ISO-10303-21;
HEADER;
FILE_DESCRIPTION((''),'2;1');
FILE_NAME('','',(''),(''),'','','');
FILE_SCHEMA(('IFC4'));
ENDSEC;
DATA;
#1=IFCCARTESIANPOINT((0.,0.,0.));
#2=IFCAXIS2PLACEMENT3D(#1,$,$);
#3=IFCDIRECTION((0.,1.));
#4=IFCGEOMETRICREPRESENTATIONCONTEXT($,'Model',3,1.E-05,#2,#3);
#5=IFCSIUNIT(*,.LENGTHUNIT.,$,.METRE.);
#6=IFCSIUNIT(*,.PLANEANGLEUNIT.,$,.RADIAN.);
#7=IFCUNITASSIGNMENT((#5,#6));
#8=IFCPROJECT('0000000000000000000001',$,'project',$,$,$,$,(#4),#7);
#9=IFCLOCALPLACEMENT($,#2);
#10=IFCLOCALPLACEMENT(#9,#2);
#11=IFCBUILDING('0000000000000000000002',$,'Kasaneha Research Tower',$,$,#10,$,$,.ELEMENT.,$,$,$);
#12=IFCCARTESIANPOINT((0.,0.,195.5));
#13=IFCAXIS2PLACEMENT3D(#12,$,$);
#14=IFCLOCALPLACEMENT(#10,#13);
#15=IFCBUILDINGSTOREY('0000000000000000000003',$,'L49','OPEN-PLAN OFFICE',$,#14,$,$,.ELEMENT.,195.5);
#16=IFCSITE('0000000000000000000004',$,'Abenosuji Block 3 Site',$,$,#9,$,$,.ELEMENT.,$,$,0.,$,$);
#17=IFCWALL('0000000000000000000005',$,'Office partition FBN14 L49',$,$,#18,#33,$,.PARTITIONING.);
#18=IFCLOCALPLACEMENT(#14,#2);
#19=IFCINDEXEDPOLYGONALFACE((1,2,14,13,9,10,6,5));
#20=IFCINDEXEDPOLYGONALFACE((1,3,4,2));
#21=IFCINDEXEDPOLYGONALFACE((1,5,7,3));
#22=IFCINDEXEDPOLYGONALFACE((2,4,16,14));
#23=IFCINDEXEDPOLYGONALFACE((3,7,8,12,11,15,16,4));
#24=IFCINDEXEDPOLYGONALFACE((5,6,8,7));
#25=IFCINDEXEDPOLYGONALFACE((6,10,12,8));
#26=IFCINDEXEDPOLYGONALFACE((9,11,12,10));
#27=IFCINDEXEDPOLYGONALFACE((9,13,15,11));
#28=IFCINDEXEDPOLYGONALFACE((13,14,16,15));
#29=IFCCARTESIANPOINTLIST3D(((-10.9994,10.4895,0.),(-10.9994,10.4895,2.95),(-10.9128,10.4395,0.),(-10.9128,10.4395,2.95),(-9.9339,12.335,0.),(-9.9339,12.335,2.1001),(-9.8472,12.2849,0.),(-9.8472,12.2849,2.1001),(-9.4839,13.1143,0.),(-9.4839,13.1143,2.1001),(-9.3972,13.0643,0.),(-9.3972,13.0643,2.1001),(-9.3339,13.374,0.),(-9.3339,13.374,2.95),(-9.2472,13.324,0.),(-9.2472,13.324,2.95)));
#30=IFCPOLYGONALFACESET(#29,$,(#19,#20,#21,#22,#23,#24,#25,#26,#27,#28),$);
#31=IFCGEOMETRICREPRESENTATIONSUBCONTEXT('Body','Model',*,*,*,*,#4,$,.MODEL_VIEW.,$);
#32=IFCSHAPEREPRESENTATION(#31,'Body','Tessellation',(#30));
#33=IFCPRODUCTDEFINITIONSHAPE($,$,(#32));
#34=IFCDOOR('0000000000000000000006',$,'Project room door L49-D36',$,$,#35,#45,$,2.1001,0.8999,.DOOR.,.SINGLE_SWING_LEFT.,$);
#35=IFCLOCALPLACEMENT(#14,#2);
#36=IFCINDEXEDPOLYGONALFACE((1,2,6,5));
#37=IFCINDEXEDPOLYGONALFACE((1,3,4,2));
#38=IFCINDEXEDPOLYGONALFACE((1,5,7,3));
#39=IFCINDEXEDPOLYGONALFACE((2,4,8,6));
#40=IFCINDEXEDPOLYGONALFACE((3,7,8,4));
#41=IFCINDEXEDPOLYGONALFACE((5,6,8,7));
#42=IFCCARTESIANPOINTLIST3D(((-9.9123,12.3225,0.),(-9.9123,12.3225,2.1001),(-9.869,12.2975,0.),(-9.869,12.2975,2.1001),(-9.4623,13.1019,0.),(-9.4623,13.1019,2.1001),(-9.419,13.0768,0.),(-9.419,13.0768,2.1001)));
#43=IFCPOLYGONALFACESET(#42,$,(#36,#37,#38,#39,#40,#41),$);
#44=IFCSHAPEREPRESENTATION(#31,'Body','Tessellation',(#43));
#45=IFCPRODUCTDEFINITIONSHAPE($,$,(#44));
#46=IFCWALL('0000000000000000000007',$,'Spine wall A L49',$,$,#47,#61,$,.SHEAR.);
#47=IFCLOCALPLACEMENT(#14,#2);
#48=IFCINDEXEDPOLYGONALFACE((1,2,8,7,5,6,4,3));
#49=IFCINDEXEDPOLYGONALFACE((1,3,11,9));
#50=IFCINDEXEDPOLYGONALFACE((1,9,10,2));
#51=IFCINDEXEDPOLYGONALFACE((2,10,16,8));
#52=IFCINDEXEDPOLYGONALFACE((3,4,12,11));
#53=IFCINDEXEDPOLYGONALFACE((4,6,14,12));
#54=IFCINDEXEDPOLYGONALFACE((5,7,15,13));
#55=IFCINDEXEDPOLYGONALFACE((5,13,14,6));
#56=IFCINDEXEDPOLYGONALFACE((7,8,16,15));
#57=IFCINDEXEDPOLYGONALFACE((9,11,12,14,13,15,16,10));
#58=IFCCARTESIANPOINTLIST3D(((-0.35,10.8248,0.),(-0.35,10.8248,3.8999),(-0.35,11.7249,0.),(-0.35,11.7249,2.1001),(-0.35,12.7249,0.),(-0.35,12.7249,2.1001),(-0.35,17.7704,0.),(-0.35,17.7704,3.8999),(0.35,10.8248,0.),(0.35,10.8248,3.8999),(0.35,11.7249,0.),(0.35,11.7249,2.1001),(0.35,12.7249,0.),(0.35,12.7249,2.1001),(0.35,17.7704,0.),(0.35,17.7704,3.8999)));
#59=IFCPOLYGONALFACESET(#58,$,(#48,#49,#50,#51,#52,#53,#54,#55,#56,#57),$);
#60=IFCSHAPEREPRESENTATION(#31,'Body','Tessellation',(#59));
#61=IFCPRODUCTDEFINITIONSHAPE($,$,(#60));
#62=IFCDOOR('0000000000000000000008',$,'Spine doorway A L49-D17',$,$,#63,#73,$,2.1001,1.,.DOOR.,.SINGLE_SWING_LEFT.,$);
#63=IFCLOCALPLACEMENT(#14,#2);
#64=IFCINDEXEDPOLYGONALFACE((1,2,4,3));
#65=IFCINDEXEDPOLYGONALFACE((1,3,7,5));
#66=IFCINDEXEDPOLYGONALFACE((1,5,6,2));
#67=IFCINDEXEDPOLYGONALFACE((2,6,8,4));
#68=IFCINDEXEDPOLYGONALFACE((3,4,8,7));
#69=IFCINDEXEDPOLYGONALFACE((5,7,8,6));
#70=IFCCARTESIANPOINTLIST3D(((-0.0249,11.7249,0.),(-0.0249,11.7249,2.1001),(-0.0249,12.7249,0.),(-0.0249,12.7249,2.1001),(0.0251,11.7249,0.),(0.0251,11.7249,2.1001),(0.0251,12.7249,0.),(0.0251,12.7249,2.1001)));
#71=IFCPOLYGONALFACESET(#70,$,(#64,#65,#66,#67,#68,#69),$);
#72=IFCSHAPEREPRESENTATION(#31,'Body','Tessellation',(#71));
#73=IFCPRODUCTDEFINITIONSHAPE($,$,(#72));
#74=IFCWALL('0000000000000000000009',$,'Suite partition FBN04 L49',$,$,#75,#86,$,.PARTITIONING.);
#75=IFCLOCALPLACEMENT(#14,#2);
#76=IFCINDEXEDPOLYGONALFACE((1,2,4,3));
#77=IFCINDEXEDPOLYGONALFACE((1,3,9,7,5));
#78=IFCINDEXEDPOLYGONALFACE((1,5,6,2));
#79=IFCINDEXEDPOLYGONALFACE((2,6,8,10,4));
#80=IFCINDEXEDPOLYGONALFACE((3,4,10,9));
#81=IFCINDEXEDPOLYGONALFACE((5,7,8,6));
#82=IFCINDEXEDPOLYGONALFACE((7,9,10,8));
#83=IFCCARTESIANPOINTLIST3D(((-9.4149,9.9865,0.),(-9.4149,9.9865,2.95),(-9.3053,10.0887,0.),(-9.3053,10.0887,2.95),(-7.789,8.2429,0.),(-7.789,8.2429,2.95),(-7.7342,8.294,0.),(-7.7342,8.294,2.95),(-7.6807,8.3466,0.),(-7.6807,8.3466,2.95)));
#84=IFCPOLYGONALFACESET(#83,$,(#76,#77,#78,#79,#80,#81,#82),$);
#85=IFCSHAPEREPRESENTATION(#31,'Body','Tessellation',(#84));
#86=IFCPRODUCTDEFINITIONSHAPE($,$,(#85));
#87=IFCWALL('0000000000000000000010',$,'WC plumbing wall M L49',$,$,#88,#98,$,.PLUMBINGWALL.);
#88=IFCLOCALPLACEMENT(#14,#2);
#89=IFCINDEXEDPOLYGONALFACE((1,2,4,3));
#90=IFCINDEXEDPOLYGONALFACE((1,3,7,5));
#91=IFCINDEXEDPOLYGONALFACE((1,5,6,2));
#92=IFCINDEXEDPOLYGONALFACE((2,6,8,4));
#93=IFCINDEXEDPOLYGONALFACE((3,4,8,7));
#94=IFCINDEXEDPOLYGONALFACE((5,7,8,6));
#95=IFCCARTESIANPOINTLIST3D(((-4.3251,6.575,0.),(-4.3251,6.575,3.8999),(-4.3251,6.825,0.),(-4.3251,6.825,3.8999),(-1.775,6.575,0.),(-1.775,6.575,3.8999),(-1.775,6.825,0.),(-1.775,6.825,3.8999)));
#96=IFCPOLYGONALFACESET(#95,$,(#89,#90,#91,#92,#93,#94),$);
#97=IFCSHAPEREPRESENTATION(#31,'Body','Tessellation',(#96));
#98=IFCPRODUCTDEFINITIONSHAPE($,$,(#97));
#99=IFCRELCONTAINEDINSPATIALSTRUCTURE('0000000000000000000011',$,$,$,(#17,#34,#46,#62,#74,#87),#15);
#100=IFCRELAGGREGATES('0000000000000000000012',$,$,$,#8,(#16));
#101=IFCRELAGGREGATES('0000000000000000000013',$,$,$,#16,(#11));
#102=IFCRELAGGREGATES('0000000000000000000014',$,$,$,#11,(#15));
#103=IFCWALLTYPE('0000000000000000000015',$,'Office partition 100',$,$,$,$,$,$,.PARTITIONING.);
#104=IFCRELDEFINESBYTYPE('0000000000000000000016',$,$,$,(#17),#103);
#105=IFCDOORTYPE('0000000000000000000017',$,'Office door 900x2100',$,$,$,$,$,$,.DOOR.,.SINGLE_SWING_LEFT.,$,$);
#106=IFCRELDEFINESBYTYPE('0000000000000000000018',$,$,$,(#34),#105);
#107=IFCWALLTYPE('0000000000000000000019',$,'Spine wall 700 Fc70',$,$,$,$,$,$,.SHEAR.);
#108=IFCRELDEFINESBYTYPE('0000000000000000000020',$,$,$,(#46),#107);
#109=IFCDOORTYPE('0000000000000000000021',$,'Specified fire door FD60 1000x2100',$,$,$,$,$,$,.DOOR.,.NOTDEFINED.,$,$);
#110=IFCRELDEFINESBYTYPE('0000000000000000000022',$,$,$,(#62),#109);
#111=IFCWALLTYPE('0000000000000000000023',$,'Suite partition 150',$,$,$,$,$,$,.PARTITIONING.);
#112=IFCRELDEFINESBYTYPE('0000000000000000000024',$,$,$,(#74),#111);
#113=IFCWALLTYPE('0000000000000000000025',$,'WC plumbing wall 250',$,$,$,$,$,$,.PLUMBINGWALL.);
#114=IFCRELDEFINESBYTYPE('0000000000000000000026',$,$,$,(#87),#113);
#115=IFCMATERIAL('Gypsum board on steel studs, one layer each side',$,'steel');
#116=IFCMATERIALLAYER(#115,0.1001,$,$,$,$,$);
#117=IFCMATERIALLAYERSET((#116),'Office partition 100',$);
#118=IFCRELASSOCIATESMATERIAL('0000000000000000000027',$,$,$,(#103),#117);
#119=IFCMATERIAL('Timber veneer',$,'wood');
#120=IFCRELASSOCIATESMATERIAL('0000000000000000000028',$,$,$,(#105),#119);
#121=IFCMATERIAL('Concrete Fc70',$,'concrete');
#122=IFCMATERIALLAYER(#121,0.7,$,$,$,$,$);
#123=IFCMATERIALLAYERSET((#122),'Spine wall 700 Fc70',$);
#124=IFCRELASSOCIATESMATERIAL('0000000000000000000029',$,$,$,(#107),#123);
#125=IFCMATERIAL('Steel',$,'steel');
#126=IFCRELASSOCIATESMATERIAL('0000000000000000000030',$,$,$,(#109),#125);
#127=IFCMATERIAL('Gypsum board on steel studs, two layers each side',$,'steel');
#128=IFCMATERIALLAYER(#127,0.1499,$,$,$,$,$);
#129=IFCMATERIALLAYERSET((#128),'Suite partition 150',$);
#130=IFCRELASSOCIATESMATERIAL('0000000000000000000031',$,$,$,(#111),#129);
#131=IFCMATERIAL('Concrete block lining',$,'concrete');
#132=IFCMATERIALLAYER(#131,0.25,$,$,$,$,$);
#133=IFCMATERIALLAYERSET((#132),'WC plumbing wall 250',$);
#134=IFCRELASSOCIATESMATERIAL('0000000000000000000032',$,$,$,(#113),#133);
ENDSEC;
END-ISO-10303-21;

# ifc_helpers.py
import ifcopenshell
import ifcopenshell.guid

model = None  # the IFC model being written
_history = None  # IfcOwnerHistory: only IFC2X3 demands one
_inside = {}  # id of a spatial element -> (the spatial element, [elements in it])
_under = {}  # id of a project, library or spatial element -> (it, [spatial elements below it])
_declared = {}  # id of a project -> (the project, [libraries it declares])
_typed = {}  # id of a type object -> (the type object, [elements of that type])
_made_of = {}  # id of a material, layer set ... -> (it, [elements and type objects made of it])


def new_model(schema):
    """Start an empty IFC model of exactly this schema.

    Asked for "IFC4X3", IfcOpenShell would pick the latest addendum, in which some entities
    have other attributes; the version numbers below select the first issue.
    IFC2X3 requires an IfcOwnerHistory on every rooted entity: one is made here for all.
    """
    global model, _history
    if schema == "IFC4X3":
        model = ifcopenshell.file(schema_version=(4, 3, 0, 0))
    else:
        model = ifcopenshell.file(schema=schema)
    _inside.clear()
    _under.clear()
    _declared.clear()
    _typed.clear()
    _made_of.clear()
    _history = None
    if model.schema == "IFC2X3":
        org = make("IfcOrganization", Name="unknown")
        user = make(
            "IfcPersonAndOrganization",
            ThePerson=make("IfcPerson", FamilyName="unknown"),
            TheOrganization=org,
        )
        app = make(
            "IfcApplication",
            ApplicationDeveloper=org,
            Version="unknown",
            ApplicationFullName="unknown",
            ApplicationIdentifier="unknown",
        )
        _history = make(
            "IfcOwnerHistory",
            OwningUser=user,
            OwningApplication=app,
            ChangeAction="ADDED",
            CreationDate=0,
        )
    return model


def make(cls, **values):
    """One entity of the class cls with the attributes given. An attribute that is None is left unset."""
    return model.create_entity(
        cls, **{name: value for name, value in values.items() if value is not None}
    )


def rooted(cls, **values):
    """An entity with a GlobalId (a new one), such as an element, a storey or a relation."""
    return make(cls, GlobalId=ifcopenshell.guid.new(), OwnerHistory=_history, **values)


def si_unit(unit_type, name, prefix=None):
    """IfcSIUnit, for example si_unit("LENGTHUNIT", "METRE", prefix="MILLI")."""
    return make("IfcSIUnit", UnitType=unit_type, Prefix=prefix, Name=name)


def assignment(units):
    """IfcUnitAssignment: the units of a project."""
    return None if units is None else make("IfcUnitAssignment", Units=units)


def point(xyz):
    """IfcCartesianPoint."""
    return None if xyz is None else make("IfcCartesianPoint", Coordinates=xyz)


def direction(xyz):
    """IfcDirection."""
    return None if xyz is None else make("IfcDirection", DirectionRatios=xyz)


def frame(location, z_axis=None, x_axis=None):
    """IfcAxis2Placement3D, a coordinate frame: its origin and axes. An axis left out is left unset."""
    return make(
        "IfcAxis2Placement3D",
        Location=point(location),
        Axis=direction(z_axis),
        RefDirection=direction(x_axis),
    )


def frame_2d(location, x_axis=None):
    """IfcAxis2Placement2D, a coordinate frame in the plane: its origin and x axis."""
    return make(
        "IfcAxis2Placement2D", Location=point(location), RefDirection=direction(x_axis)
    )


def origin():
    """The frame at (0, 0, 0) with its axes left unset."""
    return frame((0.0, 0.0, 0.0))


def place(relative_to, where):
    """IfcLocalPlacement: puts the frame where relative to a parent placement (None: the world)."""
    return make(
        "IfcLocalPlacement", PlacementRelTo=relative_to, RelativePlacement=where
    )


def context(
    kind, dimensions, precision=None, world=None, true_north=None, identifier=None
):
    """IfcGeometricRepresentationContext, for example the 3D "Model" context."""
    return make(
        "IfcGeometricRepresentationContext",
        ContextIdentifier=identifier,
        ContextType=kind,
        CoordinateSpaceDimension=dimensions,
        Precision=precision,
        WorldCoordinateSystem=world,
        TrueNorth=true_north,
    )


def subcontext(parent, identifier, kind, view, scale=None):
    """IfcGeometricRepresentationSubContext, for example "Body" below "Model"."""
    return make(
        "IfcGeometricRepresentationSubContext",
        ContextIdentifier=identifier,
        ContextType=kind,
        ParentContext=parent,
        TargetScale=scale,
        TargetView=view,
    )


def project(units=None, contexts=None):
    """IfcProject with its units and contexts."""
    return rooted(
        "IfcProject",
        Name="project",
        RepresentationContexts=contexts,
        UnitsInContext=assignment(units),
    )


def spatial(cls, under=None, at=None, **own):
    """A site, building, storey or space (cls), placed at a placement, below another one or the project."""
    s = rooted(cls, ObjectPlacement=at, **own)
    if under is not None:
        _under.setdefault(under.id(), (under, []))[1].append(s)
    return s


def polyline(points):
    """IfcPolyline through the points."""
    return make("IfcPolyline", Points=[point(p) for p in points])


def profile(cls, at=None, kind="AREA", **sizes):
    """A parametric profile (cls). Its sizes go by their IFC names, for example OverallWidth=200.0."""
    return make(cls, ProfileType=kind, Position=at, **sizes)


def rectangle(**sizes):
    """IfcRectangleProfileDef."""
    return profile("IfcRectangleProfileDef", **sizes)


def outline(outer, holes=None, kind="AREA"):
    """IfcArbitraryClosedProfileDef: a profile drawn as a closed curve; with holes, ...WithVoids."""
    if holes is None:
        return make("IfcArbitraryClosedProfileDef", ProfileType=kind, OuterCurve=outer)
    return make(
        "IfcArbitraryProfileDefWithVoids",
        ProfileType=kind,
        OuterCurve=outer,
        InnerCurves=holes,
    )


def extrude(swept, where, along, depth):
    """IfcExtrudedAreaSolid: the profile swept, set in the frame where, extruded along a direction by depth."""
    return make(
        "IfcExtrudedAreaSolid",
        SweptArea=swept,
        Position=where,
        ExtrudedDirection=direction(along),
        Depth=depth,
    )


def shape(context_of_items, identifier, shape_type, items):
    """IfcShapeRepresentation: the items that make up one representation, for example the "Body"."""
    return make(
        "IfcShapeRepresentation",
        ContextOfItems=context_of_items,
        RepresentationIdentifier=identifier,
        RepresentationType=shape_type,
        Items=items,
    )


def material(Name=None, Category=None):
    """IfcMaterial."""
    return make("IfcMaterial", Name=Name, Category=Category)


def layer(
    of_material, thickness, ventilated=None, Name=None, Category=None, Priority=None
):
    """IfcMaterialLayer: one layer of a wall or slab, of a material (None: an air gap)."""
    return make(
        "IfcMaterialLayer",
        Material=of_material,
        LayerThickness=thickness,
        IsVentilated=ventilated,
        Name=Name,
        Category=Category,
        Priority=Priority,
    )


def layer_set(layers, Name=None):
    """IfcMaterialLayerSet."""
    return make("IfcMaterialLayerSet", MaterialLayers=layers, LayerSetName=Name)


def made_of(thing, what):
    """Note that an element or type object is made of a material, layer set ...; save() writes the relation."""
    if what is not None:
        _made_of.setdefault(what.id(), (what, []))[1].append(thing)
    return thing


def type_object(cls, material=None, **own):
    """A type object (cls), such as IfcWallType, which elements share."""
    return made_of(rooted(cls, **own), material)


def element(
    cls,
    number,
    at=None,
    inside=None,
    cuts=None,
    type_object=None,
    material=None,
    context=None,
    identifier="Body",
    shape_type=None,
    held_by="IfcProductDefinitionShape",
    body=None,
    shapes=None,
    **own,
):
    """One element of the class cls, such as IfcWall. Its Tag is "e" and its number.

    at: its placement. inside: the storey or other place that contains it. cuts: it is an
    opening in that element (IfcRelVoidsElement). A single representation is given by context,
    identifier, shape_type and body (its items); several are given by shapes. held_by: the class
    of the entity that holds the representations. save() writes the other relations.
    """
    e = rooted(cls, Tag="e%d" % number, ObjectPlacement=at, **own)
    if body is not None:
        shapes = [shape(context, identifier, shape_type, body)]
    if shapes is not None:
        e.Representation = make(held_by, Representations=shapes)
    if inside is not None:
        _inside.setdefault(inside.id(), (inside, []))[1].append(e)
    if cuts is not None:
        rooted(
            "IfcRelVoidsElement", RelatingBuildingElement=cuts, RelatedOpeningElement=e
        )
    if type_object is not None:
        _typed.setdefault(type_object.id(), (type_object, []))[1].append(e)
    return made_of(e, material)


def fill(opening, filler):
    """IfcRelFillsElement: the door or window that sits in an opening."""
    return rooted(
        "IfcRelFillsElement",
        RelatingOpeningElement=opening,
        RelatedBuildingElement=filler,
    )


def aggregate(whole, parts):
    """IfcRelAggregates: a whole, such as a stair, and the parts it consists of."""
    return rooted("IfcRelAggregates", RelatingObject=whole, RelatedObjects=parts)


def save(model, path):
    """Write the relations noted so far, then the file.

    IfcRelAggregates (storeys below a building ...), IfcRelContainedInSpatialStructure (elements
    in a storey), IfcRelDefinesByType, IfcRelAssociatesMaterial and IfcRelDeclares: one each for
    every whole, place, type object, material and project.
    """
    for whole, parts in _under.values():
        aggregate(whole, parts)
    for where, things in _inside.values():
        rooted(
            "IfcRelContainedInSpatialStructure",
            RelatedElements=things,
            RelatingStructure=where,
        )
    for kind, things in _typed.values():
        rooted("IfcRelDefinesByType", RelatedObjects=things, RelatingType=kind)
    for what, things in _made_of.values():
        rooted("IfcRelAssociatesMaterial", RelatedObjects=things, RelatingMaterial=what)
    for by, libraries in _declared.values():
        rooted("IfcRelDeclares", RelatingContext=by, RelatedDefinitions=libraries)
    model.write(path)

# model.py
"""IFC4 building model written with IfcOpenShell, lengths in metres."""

from ifc_helpers import new_model, si_unit, direction, frame, frame_2d, origin, place, context, subcontext, project, spatial, polyline, rectangle, outline, extrude, material, layer, layer_set, type_object, element, fill, save


model = new_model("IFC4")

# Units and contexts
model_context = context("Model", 3, precision=1e-05, world=origin(), true_north=direction((0.0, 1.0)))
body_context = subcontext(model_context, "Body", "Model", "MODEL_VIEW")
ifc_project = project(units=[si_unit("LENGTHUNIT", "METRE"), si_unit("PLANEANGLEUNIT", "RADIAN")], contexts=[model_context])

# Site, building, storey
site_placement = place(None, origin())
site = spatial("IfcSite", under=ifc_project, at=site_placement, Name="Abenosuji Block 3 Site", CompositionType="ELEMENT", RefElevation=0.0)
building_placement = place(site_placement, origin())
building = spatial("IfcBuilding", under=site, at=building_placement, Name="Kasaneha Research Tower", CompositionType="ELEMENT")
storey_placement = place(building_placement, frame((0.0, 0.0, 195.5)))
storey = spatial("IfcBuildingStorey", under=building, at=storey_placement, Name="L49", Description="OPEN-PLAN OFFICE", CompositionType="ELEMENT", Elevation=195.5)

# Shared definitions
ifc_material_1 = material(Name="Gypsum board on steel studs, one layer each side", Category="steel")
ifc_layer_1 = layer(ifc_material_1, 0.1001)
ifc_layer_set_1 = layer_set([ifc_layer_1], Name="Office partition 100")
wall_type_1 = type_object("IfcWallType", Name="Office partition 100", PredefinedType="PARTITIONING", material=ifc_layer_set_1)

# Walls, openings, doors
wall_1_placement = place(storey_placement, frame((-9.2905, 13.3491, 0.0), z_axis=(0.0, 0.0, 1.0), x_axis=(-0.500033, -0.866006, 0.0)))
wall_1 = element("IfcWall", 1, at=wall_1_placement, inside=storey, type_object=wall_type_1, Name="Office partition FBN14 L49", PredefinedType="PARTITIONING", context=body_context, shape_type="SweptSolid", body=[
    extrude(rectangle(XDim=3.3308, YDim=0.1001, at=frame_2d((1.6655, 0.0))), origin(), (0.0, 0.0, 1.0), 2.95),
])
opening_1_placement = place(wall_1_placement, frame((0.3, 0.0, 0.0)))
opening_1 = element("IfcOpeningElement", 2, at=opening_1_placement, cuts=wall_1, PredefinedType="OPENING", context=body_context, shape_type="SweptSolid", body=[
    extrude(rectangle(XDim=0.8999, YDim=2.1001, at=frame_2d((0.45, 1.05))), frame((0.0, 0.0601, 0.0), z_axis=(0.0, -1.0, 0.0), x_axis=(1.0, 0.0, 0.0)), (0.0, 0.0, 1.0), 0.1201),
])
ifc_material_2 = material(Name="Timber veneer", Category="wood")
door_type_1 = type_object("IfcDoorType", Name="Office door 900x2100", OperationType="SINGLE_SWING_LEFT", PredefinedType="DOOR", material=ifc_material_2)
door_1_placement = place(opening_1_placement, origin())
door_1 = element("IfcDoor", 3, at=door_1_placement, inside=storey, type_object=door_type_1, Name="Project room door L49-D36", OperationType="SINGLE_SWING_LEFT", OverallHeight=2.1001, OverallWidth=0.8999, PredefinedType="DOOR", context=body_context, shape_type="SweptSolid", body=[
    extrude(rectangle(XDim=0.8999, YDim=2.1001, at=frame_2d((0.45, 1.05))), frame((0.0, 0.0249, 0.0), z_axis=(0.0, -1.0, 0.0), x_axis=(1.0, 0.0, 0.0)), (0.0, 0.0, 1.0), 0.05),
])
fill(opening_1, door_1)
ifc_material_3 = material(Name="Concrete Fc70", Category="concrete")
ifc_layer_2 = layer(ifc_material_3, 0.7)
ifc_layer_set_2 = layer_set([ifc_layer_2], Name="Spine wall 700 Fc70")
wall_type_2 = type_object("IfcWallType", Name="Spine wall 700 Fc70", PredefinedType="SHEAR", material=ifc_layer_set_2)
wall_2_placement = place(storey_placement, frame((0.0, 10.825, 0.0), z_axis=(0.0, 0.0, 1.0), x_axis=(0.0, 1.0, 0.0)))
wall_2 = element("IfcWall", 4, at=wall_2_placement, inside=storey, type_object=wall_type_2, Name="Spine wall A L49", PredefinedType="SHEAR", context=body_context, shape_type="SweptSolid", body=[
    extrude(rectangle(XDim=6.9456, YDim=0.7, at=frame_2d((3.4727, 0.0))), origin(), (0.0, 0.0, 1.0), 3.8999),
])
opening_2_placement = place(wall_2_placement, frame((0.8999, 0.0, 0.0)))
opening_2 = element("IfcOpeningElement", 5, at=opening_2_placement, cuts=wall_2, PredefinedType="OPENING", context=body_context, shape_type="SweptSolid", body=[
    extrude(rectangle(XDim=1.0, YDim=2.1001, at=frame_2d((0.5, 1.05))), frame((0.0, 0.3599, 0.0), z_axis=(0.0, -1.0, 0.0), x_axis=(1.0, 0.0, 0.0)), (0.0, 0.0, 1.0), 0.72),
])
ifc_material_4 = material(Name="Steel", Category="steel")
door_type_2 = type_object("IfcDoorType", Name="Specified fire door FD60 1000x2100", OperationType="NOTDEFINED", PredefinedType="DOOR", material=ifc_material_4)
door_2_placement = place(opening_2_placement, origin())
door_2 = element("IfcDoor", 6, at=door_2_placement, inside=storey, type_object=door_type_2, Name="Spine doorway A L49-D17", OperationType="SINGLE_SWING_LEFT", OverallHeight=2.1001, OverallWidth=1.0, PredefinedType="DOOR", context=body_context, shape_type="SweptSolid", body=[
    extrude(rectangle(XDim=1.0, YDim=2.1001, at=frame_2d((0.5, 1.05))), frame((0.0, 0.0249, 0.0), z_axis=(0.0, -1.0, 0.0), x_axis=(1.0, 0.0, 0.0)), (0.0, 0.0, 1.0), 0.05),
])
fill(opening_2, door_2)

# Walls
ifc_material_5 = material(Name="Gypsum board on steel studs, two layers each side", Category="steel")
ifc_layer_3 = layer(ifc_material_5, 0.1499)
ifc_layer_set_3 = layer_set([ifc_layer_3], Name="Suite partition 150")
wall_type_3 = type_object("IfcWallType", Name="Suite partition 150", PredefinedType="PARTITIONING", material=ifc_layer_set_3)
wall_3_placement = place(storey_placement, frame((-9.3601, 10.0376, 0.0), z_axis=(0.0, 0.0, 1.0), x_axis=(0.681997, -0.731355, 0.0)))
element("IfcWall", 7, at=wall_3_placement, inside=storey, type_object=wall_type_3, Name="Suite partition FBN04 L49", PredefinedType="PARTITIONING", context=body_context, shape_type="SweptSolid", body=[
    extrude(outline(polyline([(0.0, -0.075), (2.384, -0.075), (2.384, 0.0), (2.3821, 0.075), (0.0, 0.075), (0.0, -0.075)])), origin(), (0.0, 0.0, 1.0), 2.95),
])
ifc_material_6 = material(Name="Concrete block lining", Category="concrete")
ifc_layer_4 = layer(ifc_material_6, 0.25)
ifc_layer_set_4 = layer_set([ifc_layer_4], Name="WC plumbing wall 250")
wall_type_4 = type_object("IfcWallType", Name="WC plumbing wall 250", PredefinedType="PLUMBINGWALL", material=ifc_layer_set_4)
wall_4_placement = place(storey_placement, frame((-4.325, 6.7, 0.0), z_axis=(0.0, 0.0, 1.0), x_axis=(1.0, 0.0, 0.0)))
element("IfcWall", 8, at=wall_4_placement, inside=storey, type_object=wall_type_4, Name="WC plumbing wall M L49", PredefinedType="PLUMBINGWALL", context=body_context, shape_type="SweptSolid", body=[
    extrude(rectangle(XDim=2.55, YDim=0.25, at=frame_2d((1.2749, 0.0))), origin(), (0.0, 0.0, 1.0), 3.8999),
])

save(model, "model.ifc")
